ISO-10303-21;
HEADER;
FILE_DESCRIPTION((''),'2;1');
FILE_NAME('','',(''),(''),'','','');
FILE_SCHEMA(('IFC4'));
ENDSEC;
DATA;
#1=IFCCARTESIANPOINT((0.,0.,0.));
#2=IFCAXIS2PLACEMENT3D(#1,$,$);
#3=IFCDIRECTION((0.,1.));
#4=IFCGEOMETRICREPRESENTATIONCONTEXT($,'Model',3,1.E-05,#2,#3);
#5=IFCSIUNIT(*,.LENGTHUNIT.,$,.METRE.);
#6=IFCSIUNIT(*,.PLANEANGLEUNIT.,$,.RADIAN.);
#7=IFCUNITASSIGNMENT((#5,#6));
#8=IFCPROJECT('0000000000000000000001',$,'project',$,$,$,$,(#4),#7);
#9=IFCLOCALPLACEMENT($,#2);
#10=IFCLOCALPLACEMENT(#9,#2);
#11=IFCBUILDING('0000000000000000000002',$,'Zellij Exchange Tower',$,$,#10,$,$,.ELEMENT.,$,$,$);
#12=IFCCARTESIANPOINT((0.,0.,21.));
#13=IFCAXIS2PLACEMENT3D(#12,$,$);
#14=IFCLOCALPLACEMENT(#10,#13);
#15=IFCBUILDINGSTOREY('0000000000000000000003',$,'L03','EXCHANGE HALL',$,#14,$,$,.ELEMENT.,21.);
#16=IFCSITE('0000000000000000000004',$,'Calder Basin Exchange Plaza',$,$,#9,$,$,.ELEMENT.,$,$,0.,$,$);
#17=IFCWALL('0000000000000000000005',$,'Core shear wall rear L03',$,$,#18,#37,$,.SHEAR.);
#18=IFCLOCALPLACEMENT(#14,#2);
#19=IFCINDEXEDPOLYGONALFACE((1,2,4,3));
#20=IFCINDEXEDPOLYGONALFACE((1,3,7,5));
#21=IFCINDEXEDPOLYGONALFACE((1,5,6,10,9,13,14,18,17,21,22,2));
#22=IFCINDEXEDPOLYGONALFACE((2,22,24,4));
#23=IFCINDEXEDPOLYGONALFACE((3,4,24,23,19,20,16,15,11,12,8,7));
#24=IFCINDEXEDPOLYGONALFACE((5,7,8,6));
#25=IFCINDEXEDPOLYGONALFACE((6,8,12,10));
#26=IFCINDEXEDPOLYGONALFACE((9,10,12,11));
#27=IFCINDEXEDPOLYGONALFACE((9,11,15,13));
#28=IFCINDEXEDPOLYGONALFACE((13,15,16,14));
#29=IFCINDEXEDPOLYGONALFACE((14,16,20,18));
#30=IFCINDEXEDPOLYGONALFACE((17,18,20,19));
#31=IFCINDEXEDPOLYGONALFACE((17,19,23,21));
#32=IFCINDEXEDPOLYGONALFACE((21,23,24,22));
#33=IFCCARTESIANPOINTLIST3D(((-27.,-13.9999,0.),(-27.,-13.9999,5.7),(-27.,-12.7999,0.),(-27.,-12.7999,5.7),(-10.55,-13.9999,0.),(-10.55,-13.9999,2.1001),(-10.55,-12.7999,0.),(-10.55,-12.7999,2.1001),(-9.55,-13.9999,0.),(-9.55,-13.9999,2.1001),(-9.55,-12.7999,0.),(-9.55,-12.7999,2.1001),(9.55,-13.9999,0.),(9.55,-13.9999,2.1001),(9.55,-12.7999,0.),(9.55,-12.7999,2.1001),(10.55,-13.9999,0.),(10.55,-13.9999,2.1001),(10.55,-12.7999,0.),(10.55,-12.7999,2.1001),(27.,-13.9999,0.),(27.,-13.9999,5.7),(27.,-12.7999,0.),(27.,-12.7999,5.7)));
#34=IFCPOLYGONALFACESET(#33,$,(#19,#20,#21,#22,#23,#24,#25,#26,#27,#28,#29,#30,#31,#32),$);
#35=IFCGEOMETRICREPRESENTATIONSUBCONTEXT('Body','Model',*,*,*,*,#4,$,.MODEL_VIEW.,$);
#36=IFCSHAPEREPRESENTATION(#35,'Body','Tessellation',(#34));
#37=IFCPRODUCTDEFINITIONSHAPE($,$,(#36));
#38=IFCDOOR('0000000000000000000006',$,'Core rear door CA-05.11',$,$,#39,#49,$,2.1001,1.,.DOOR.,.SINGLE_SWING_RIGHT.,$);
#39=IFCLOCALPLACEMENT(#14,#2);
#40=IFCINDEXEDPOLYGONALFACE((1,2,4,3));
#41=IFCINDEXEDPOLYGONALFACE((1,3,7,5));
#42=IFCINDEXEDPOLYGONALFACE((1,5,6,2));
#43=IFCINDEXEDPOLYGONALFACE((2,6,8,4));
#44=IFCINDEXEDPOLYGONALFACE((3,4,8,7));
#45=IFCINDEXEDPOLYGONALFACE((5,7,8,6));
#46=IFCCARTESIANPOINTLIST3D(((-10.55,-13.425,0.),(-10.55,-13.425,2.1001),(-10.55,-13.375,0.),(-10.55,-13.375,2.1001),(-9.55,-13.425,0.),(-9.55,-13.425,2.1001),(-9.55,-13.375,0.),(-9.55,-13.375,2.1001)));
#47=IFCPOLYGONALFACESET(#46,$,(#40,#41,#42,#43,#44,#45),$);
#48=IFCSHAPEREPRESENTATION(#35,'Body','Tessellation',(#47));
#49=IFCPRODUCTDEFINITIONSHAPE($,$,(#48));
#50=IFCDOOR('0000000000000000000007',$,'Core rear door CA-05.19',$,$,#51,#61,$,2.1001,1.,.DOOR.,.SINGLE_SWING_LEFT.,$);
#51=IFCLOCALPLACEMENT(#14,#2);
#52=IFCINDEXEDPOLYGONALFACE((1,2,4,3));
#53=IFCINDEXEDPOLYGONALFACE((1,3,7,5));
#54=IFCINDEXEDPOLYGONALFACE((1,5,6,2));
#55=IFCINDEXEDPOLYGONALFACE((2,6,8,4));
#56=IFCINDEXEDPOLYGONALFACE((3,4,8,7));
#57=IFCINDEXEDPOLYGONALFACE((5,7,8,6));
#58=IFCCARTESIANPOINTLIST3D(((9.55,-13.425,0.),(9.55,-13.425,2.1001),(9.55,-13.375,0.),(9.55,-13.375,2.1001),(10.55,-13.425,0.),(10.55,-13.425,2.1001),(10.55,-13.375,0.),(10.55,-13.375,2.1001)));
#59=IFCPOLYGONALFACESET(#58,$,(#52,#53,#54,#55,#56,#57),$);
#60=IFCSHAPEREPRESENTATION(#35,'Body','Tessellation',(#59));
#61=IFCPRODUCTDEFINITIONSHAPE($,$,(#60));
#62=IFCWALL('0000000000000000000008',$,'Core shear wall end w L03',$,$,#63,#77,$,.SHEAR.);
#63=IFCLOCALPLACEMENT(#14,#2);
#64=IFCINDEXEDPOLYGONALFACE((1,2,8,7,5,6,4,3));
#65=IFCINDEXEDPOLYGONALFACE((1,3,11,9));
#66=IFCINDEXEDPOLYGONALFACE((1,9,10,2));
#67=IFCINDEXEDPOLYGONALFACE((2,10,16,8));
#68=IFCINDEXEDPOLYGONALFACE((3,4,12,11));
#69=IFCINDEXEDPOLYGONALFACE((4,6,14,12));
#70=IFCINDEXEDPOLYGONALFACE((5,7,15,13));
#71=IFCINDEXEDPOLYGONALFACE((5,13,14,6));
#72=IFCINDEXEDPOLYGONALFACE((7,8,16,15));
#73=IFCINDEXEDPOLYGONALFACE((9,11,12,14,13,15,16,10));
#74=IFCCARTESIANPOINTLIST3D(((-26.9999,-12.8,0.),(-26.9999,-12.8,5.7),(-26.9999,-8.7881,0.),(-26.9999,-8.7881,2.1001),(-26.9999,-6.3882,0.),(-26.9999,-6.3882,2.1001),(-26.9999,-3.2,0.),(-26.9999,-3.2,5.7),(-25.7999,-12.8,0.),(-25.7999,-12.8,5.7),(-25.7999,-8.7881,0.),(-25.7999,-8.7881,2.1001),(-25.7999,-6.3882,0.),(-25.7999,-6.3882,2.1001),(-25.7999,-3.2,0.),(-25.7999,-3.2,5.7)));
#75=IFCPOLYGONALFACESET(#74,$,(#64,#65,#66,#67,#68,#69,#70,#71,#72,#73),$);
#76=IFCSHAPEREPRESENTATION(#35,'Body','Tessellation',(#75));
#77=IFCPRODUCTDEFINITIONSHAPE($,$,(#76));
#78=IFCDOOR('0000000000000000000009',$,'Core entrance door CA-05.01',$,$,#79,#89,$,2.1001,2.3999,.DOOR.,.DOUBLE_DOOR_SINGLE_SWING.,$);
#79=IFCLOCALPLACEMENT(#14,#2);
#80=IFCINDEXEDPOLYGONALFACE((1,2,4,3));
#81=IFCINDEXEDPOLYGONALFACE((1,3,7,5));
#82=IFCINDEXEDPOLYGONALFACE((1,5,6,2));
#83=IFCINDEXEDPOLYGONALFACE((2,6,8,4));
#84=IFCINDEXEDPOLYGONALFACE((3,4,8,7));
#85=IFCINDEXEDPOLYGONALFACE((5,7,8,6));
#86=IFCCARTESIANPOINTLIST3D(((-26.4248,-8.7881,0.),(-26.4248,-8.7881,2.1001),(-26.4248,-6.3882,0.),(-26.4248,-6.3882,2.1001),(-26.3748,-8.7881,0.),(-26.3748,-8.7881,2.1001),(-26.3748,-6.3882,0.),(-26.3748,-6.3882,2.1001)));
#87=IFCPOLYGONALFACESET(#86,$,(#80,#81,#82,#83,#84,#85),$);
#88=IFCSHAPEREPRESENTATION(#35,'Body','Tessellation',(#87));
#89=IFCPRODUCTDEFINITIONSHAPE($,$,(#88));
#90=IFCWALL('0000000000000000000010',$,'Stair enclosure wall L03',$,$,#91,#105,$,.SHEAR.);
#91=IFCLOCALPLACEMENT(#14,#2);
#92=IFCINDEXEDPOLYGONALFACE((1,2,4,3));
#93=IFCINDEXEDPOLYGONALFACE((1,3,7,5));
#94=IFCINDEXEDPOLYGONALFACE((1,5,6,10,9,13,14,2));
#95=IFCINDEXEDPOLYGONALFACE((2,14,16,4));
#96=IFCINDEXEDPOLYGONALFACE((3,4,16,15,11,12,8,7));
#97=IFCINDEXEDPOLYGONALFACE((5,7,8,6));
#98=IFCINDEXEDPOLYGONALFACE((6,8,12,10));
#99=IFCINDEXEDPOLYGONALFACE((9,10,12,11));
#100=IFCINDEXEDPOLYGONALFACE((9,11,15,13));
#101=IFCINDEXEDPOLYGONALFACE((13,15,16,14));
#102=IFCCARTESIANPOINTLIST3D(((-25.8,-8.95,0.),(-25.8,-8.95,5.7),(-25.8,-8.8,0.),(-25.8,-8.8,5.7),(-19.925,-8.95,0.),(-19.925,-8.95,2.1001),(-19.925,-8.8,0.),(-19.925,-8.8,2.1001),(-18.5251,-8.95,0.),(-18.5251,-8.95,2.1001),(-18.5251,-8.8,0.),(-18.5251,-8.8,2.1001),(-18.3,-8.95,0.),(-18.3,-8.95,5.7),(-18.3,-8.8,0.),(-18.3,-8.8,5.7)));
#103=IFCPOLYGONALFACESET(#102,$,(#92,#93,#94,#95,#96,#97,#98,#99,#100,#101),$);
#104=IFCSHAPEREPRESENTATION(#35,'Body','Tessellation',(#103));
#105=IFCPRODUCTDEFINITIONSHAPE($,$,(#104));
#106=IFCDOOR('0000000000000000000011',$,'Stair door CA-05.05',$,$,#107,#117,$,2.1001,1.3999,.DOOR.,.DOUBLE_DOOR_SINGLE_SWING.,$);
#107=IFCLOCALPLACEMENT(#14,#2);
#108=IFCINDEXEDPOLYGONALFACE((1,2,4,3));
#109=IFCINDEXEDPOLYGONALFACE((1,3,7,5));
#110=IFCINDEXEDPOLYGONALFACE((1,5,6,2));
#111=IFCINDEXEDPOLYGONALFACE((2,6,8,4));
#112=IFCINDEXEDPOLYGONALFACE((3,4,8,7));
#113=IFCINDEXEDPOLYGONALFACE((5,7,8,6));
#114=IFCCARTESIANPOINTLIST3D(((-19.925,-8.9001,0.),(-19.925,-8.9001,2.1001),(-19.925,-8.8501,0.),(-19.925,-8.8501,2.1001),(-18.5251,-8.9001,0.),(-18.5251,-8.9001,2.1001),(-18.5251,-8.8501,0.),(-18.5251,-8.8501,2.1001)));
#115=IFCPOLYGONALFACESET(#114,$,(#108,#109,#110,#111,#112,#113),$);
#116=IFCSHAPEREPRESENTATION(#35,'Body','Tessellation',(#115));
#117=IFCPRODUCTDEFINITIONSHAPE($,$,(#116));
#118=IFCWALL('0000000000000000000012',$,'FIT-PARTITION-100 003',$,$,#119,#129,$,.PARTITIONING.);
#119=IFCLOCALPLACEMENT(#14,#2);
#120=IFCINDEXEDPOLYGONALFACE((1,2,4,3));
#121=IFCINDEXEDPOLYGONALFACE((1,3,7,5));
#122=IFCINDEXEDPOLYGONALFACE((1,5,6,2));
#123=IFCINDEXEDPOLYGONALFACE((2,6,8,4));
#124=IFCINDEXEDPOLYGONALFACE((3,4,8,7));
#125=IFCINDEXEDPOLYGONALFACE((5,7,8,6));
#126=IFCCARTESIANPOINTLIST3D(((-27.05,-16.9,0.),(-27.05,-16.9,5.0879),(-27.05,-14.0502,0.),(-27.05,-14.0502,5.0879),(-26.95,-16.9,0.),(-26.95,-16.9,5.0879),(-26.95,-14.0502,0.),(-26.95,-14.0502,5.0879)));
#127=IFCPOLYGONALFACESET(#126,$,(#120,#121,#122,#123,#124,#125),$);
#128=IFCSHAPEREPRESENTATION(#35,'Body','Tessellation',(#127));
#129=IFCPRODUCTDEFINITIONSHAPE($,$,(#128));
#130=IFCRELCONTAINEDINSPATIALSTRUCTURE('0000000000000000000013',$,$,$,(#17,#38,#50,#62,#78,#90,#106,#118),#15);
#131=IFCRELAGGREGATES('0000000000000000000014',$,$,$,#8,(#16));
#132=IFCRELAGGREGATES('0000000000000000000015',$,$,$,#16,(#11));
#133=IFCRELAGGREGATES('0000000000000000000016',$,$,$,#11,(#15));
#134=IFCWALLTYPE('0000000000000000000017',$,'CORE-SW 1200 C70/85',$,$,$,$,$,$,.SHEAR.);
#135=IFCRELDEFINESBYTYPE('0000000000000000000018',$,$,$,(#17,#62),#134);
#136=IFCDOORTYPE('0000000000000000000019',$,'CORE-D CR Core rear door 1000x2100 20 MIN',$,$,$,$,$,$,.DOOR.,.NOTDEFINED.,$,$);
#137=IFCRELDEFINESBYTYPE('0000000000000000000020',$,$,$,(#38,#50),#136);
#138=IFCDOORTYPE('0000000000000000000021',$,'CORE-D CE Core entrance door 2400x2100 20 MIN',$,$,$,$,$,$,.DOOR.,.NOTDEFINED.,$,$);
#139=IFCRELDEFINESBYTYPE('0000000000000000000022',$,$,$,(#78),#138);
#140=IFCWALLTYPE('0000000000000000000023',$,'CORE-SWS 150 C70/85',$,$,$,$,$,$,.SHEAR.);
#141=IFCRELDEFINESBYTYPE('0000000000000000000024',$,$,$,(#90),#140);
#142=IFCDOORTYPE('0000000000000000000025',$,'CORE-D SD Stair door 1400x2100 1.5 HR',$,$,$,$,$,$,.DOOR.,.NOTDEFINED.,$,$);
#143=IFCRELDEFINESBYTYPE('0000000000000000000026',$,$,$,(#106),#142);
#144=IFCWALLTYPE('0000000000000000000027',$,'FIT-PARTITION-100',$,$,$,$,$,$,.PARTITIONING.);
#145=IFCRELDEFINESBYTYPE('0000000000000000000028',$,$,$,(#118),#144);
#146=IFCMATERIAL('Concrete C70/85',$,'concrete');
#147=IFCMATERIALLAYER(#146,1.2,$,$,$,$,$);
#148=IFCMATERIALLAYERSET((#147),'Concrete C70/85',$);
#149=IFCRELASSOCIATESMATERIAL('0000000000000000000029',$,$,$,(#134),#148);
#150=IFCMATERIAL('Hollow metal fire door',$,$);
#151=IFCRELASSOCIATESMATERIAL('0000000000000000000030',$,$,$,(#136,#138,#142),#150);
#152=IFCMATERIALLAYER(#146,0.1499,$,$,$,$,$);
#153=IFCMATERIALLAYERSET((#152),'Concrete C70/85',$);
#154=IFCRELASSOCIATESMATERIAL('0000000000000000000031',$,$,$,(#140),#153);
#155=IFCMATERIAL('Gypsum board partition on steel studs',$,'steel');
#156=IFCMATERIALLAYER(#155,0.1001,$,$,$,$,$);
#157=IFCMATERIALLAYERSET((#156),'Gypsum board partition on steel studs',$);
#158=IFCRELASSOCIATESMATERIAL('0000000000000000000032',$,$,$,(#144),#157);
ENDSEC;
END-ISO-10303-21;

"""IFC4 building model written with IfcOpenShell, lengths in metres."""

from ifc_helpers import new_model, si_unit, direction, frame, frame_2d, origin, place, context, subcontext, project, spatial, rectangle, extrude, material, layer, layer_set, type_object, element, fill, save


model = new_model("IFC4")

# Units and contexts
model_context = context("Model", 3, precision=1e-05, world=origin(), true_north=direction((0.0, 1.0)))
body_context = subcontext(model_context, "Body", "Model", "MODEL_VIEW")
ifc_project = project(units=[si_unit("LENGTHUNIT", "METRE"), si_unit("PLANEANGLEUNIT", "RADIAN")], contexts=[model_context])

# Site, building, storey
site_placement = place(None, origin())
site = spatial("IfcSite", under=ifc_project, at=site_placement, Name="Calder Basin Exchange Plaza", CompositionType="ELEMENT", RefElevation=0.0)
building_placement = place(site_placement, origin())
building = spatial("IfcBuilding", under=site, at=building_placement, Name="Zellij Exchange Tower", CompositionType="ELEMENT")
storey_placement = place(building_placement, frame((0.0, 0.0, 21.0)))
storey = spatial("IfcBuildingStorey", under=building, at=storey_placement, Name="L03", Description="EXCHANGE HALL", CompositionType="ELEMENT", Elevation=21.0)

# Shared definitions
ifc_material_1 = material(Name="Concrete C70/85", Category="concrete")

# Wall, openings, doors
ifc_material_2 = material(Name="Hollow metal fire door")
ifc_layer_1 = layer(ifc_material_1, 1.2)
ifc_layer_set_1 = layer_set([ifc_layer_1], Name="Concrete C70/85")
wall_type_1 = type_object("IfcWallType", Name="CORE-SW 1200 C70/85", PredefinedType="SHEAR", material=ifc_layer_set_1)
wall_1_placement = place(storey_placement, frame((-27.0, -13.3999, 0.0), z_axis=(0.0, 0.0, 1.0), x_axis=(1.0, 0.0, 0.0)))
wall_1 = element("IfcWall", 1, at=wall_1_placement, inside=storey, type_object=wall_type_1, Name="Core shear wall rear L03", PredefinedType="SHEAR", context=body_context, shape_type="SweptSolid", body=[
    extrude(rectangle(XDim=54.0, YDim=1.2, at=frame_2d((27.0, 0.0))), origin(), (0.0, 0.0, 1.0), 5.7),
])
opening_1_placement = place(wall_1_placement, frame((16.45, 0.0, 0.0)))
opening_1 = element("IfcOpeningElement", 2, at=opening_1_placement, cuts=wall_1, PredefinedType="OPENING", context=body_context, shape_type="SweptSolid", body=[
    extrude(rectangle(XDim=1.0, YDim=2.1001, at=frame_2d((0.5, 1.05))), frame((0.0, 0.6118, 0.0), z_axis=(0.0, -1.0, 0.0), x_axis=(1.0, 0.0, 0.0)), (0.0, 0.0, 1.0), 1.2239),
])
opening_2_placement = place(wall_1_placement, frame((36.55, 0.0, 0.0)))
opening_2 = element("IfcOpeningElement", 3, at=opening_2_placement, cuts=wall_1, PredefinedType="OPENING", context=body_context, shape_type="SweptSolid", body=[
    extrude(rectangle(XDim=1.0, YDim=2.1001, at=frame_2d((0.5, 1.05))), frame((0.0, 0.6118, 0.0), z_axis=(0.0, -1.0, 0.0), x_axis=(1.0, 0.0, 0.0)), (0.0, 0.0, 1.0), 1.2239),
])
door_type_1 = type_object("IfcDoorType", Name="CORE-D CR Core rear door 1000x2100 20 MIN", OperationType="NOTDEFINED", PredefinedType="DOOR", material=ifc_material_2)
door_1_placement = place(opening_1_placement, origin())
door_1 = element("IfcDoor", 4, at=door_1_placement, inside=storey, type_object=door_type_1, Name="Core rear door CA-05.11", OperationType="SINGLE_SWING_RIGHT", OverallHeight=2.1001, OverallWidth=1.0, PredefinedType="DOOR", context=body_context, shape_type="SweptSolid", body=[
    extrude(rectangle(XDim=1.0, YDim=2.1001, at=frame_2d((0.5, 1.05))), frame((0.0, 0.0249, 0.0), z_axis=(0.0, -1.0, 0.0), x_axis=(1.0, 0.0, 0.0)), (0.0, 0.0, 1.0), 0.05),
])
fill(opening_1, door_1)
door_2_placement = place(opening_2_placement, origin())
door_2 = element("IfcDoor", 5, at=door_2_placement, inside=storey, type_object=door_type_1, Name="Core rear door CA-05.19", OperationType="SINGLE_SWING_LEFT", OverallHeight=2.1001, OverallWidth=1.0, PredefinedType="DOOR", context=body_context, shape_type="SweptSolid", body=[
    extrude(rectangle(XDim=1.0, YDim=2.1001, at=frame_2d((0.5, 1.05))), frame((0.0, 0.0249, 0.0), z_axis=(0.0, -1.0, 0.0), x_axis=(1.0, 0.0, 0.0)), (0.0, 0.0, 1.0), 0.05),
])
fill(opening_2, door_2)

# Walls, openings, doors
wall_2_placement = place(storey_placement, frame((-26.3999, -12.8, 0.0), z_axis=(0.0, 0.0, 1.0), x_axis=(0.0, 1.0, 0.0)))
wall_2 = element("IfcWall", 6, at=wall_2_placement, inside=storey, type_object=wall_type_1, Name="Core shear wall end w L03", PredefinedType="SHEAR", context=body_context, shape_type="SweptSolid", body=[
    extrude(rectangle(XDim=9.6001, YDim=1.2, at=frame_2d((4.8, 0.0))), origin(), (0.0, 0.0, 1.0), 5.7),
])
opening_3_placement = place(wall_2_placement, frame((4.012, 0.0, 0.0)))
opening_3 = element("IfcOpeningElement", 7, at=opening_3_placement, cuts=wall_2, PredefinedType="OPENING", context=body_context, shape_type="SweptSolid", body=[
    extrude(rectangle(XDim=2.3999, YDim=2.1001, at=frame_2d((1.2, 1.05))), frame((0.0, 0.6118, 0.0), z_axis=(0.0, -1.0, 0.0), x_axis=(1.0, 0.0, 0.0)), (0.0, 0.0, 1.0), 1.2239),
])
door_type_2 = type_object("IfcDoorType", Name="CORE-D CE Core entrance door 2400x2100 20 MIN", OperationType="NOTDEFINED", PredefinedType="DOOR", material=ifc_material_2)
door_3_placement = place(opening_3_placement, origin())
door_3 = element("IfcDoor", 8, at=door_3_placement, inside=storey, type_object=door_type_2, Name="Core entrance door CA-05.01", OperationType="DOUBLE_DOOR_SINGLE_SWING", OverallHeight=2.1001, OverallWidth=2.3999, PredefinedType="DOOR", context=body_context, shape_type="SweptSolid", body=[
    extrude(rectangle(XDim=2.3999, YDim=2.1001, at=frame_2d((1.2, 1.05))), frame((0.0, 0.0249, 0.0), z_axis=(0.0, -1.0, 0.0), x_axis=(1.0, 0.0, 0.0)), (0.0, 0.0, 1.0), 0.05),
])
fill(opening_3, door_3)
ifc_layer_2 = layer(ifc_material_1, 0.1499)
ifc_layer_set_2 = layer_set([ifc_layer_2], Name="Concrete C70/85")
wall_type_2 = type_object("IfcWallType", Name="CORE-SWS 150 C70/85", PredefinedType="SHEAR", material=ifc_layer_set_2)
wall_3_placement = place(storey_placement, frame((-25.8, -8.875, 0.0), z_axis=(0.0, 0.0, 1.0), x_axis=(1.0, 0.0, 0.0)))
wall_3 = element("IfcWall", 9, at=wall_3_placement, inside=storey, type_object=wall_type_2, Name="Stair enclosure wall L03", PredefinedType="SHEAR", context=body_context, shape_type="SweptSolid", body=[
    extrude(rectangle(XDim=7.5, YDim=0.1499, at=frame_2d((3.75, 0.0))), origin(), (0.0, 0.0, 1.0), 5.7),
])
opening_4_placement = place(wall_3_placement, frame((5.875, 0.0, 0.0)))
opening_4 = element("IfcOpeningElement", 10, at=opening_4_placement, cuts=wall_3, PredefinedType="OPENING", context=body_context, shape_type="SweptSolid", body=[
    extrude(rectangle(XDim=1.3999, YDim=2.1001, at=frame_2d((0.7, 1.05))), frame((0.0, 0.0869, 0.0), z_axis=(0.0, -1.0, 0.0), x_axis=(1.0, 0.0, 0.0)), (0.0, 0.0, 1.0), 0.1738),
])
door_type_3 = type_object("IfcDoorType", Name="CORE-D SD Stair door 1400x2100 1.5 HR", OperationType="NOTDEFINED", PredefinedType="DOOR", material=ifc_material_2)
door_4_placement = place(opening_4_placement, origin())
door_4 = element("IfcDoor", 11, at=door_4_placement, inside=storey, type_object=door_type_3, Name="Stair door CA-05.05", OperationType="DOUBLE_DOOR_SINGLE_SWING", OverallHeight=2.1001, OverallWidth=1.3999, PredefinedType="DOOR", context=body_context, shape_type="SweptSolid", body=[
    extrude(rectangle(XDim=1.3999, YDim=2.1001, at=frame_2d((0.7, 1.05))), frame((0.0, 0.0249, 0.0), z_axis=(0.0, -1.0, 0.0), x_axis=(1.0, 0.0, 0.0)), (0.0, 0.0, 1.0), 0.05),
])
fill(opening_4, door_4)

# Wall
ifc_material_3 = material(Name="Gypsum board partition on steel studs", Category="steel")
ifc_layer_3 = layer(ifc_material_3, 0.1001)
ifc_layer_set_3 = layer_set([ifc_layer_3], Name="Gypsum board partition on steel studs")
wall_type_3 = type_object("IfcWallType", Name="FIT-PARTITION-100", PredefinedType="PARTITIONING", material=ifc_layer_set_3)
wall_4_placement = place(storey_placement, frame((-27.0, -16.8999, 0.0), z_axis=(0.0, 0.0, 1.0), x_axis=(0.0, 1.0, 0.0)))
element("IfcWall", 12, at=wall_4_placement, inside=storey, type_object=wall_type_3, Name="FIT-PARTITION-100 003", PredefinedType="PARTITIONING", context=body_context, shape_type="SweptSolid", body=[
    extrude(rectangle(XDim=2.8499, YDim=0.1001, at=frame_2d((1.4248, 0.0))), origin(), (0.0, 0.0, 1.0), 5.0879),
])

save(model, "model.ifc")
